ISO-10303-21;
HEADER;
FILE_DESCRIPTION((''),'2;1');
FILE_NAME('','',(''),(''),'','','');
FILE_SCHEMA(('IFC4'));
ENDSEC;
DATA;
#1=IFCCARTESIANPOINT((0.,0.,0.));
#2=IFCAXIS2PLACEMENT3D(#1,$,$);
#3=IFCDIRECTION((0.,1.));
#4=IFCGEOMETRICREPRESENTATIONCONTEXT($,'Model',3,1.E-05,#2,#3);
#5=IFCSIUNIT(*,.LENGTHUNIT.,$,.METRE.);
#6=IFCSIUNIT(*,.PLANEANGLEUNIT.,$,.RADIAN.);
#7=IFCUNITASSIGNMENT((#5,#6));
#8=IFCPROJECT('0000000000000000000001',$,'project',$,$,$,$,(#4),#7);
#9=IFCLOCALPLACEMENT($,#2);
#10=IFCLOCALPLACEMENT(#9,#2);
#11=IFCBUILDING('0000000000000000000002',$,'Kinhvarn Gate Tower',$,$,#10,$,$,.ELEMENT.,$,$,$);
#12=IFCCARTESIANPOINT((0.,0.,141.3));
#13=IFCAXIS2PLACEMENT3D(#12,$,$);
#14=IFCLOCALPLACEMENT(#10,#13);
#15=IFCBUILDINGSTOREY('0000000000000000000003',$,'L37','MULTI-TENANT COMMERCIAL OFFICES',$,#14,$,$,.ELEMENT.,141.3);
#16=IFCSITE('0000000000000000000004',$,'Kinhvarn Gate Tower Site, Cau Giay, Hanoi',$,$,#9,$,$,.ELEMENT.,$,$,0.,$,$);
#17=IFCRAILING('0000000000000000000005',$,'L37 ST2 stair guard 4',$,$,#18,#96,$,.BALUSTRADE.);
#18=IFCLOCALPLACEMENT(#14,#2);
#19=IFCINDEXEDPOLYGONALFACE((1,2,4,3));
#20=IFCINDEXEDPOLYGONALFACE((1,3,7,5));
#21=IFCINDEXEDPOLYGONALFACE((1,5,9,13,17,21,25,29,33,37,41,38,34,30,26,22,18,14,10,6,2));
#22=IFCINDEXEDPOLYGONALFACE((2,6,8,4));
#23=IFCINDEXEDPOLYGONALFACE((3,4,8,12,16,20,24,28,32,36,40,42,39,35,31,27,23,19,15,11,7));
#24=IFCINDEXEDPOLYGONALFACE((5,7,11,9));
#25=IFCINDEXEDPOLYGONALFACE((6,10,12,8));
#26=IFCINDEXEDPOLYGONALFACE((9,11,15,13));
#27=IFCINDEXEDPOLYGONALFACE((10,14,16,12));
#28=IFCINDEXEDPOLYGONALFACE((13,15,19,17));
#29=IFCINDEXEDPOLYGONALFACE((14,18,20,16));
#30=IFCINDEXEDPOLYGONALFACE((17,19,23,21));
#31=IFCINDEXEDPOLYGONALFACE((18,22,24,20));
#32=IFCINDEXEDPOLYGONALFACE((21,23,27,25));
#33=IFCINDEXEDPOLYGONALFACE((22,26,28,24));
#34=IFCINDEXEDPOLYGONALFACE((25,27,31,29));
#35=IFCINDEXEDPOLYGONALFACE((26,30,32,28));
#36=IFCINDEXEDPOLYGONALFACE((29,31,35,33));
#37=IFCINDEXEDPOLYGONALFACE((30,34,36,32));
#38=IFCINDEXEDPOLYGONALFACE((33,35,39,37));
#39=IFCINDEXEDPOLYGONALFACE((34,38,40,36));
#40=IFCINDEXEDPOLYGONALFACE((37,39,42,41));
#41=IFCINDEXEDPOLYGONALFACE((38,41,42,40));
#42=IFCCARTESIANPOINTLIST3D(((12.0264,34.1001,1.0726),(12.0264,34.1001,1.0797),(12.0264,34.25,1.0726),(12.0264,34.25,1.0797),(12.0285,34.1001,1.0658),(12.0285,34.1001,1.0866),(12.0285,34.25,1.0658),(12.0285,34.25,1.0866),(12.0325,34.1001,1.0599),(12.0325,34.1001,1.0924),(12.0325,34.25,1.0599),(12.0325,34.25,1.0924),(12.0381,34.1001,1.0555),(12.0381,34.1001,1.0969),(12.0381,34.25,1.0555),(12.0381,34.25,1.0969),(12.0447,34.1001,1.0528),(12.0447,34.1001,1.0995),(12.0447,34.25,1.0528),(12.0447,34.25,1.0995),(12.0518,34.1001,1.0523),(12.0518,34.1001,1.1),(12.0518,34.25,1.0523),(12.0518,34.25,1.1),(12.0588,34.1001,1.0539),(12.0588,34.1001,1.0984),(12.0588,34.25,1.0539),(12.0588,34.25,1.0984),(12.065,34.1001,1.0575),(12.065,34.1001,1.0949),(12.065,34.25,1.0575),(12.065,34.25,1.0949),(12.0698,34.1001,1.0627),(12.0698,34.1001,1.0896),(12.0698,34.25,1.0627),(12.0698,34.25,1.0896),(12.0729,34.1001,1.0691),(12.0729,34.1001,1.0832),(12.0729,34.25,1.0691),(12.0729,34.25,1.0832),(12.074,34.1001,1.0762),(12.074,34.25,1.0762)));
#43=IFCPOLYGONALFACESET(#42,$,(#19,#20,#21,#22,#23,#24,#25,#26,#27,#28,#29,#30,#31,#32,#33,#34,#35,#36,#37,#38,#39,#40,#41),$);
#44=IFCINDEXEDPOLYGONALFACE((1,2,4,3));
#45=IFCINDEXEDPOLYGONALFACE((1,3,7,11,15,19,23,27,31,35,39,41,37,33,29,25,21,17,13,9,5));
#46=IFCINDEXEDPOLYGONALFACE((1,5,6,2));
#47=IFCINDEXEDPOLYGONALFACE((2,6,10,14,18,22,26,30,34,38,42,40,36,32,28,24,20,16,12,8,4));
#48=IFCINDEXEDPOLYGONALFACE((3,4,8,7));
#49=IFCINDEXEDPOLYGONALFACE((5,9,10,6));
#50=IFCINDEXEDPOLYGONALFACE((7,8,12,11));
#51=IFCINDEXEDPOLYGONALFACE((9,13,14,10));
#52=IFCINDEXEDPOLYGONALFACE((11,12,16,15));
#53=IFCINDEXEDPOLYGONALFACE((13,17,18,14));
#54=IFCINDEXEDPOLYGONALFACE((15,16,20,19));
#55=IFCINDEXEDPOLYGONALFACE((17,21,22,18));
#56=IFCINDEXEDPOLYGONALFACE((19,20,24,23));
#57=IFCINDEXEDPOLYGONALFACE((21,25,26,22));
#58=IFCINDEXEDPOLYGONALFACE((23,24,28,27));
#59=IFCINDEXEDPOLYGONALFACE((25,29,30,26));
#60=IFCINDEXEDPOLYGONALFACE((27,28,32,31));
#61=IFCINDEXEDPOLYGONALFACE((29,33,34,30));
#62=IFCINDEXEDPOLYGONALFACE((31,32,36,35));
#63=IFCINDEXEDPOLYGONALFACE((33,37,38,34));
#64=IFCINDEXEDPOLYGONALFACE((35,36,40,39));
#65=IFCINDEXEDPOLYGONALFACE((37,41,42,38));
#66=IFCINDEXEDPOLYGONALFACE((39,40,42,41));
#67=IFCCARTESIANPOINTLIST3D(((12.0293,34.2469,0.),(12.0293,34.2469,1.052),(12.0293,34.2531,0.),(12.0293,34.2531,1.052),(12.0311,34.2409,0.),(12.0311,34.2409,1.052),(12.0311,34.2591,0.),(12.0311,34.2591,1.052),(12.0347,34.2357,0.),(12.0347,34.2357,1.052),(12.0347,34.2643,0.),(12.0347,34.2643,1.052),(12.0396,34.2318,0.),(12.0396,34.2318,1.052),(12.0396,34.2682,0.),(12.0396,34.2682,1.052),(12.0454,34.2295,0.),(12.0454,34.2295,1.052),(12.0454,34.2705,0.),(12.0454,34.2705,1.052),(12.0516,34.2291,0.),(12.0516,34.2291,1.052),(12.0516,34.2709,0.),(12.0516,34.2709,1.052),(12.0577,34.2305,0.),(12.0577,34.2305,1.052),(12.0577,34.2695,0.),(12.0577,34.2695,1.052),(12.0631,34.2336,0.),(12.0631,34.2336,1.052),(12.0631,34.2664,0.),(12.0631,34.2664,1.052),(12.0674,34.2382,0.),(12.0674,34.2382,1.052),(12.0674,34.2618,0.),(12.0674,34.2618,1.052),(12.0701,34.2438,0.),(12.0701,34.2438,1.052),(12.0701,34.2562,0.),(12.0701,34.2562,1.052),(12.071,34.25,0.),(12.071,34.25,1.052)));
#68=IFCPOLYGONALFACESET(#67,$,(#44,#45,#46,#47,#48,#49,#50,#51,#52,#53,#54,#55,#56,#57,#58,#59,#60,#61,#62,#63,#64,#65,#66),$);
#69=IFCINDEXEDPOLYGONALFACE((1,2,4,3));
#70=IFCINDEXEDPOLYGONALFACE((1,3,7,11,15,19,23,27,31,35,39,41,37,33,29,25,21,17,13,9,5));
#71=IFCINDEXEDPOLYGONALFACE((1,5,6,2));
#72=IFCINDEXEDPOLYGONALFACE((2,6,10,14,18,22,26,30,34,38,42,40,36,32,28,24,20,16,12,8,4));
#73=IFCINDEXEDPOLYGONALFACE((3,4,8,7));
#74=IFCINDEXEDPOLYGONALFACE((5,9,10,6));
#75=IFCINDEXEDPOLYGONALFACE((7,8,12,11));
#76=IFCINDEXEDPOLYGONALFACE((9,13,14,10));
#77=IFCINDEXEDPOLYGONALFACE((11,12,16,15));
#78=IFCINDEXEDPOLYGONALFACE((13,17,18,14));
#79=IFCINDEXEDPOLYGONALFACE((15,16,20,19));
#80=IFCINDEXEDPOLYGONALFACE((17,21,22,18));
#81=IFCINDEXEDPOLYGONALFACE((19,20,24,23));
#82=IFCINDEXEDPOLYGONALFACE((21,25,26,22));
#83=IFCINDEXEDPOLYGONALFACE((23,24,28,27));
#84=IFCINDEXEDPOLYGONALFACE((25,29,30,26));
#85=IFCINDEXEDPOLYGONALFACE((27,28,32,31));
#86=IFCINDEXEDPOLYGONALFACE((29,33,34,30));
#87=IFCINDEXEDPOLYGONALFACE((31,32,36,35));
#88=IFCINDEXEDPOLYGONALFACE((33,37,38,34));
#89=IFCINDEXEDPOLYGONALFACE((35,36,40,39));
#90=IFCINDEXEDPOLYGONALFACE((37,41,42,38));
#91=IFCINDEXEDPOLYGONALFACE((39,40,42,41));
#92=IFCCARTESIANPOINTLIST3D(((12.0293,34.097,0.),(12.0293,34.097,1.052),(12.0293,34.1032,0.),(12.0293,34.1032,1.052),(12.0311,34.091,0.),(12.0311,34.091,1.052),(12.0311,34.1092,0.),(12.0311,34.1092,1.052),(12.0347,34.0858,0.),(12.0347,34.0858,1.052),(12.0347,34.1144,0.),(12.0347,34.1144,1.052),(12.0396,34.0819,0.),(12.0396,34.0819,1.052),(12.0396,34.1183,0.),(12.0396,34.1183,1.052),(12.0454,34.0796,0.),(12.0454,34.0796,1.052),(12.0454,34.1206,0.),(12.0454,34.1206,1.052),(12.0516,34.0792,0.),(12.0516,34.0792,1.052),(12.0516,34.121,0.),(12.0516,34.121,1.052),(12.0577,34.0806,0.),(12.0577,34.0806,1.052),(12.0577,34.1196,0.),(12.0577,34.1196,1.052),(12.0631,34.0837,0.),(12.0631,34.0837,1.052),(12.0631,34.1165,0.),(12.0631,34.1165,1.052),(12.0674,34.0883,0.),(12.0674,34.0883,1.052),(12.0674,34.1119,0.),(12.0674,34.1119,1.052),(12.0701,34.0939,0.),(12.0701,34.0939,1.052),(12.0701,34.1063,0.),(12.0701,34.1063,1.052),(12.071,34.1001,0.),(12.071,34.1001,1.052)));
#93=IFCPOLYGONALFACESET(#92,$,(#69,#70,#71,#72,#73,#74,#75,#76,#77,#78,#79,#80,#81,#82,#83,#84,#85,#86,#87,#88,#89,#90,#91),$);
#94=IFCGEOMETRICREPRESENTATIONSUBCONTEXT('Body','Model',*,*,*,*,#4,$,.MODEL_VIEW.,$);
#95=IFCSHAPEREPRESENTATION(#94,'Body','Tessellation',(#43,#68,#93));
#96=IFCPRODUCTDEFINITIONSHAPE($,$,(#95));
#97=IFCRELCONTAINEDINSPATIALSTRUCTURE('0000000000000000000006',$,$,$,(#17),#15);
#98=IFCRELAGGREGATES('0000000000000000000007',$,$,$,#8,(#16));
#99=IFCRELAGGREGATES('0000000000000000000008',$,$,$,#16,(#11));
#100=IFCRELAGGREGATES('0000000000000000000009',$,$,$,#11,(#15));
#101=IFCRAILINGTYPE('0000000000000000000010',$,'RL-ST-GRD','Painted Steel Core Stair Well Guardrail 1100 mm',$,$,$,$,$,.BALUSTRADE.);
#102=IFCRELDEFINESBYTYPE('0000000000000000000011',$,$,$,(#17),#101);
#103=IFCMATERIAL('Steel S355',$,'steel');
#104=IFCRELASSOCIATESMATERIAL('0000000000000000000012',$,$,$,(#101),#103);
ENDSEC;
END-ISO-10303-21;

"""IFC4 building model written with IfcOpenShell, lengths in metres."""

from ifc_helpers import new_model, si_unit, direction, frame, origin, origin_2d, place, context, subcontext, project, spatial, circle, extrude, material, type_object, element, save


model = new_model("IFC4")

# Units and contexts
model_context = context("Model", 3, precision=1e-05, world=origin(), true_north=direction((0.0, 1.0)))
body_context = subcontext(model_context, "Body", "Model", "MODEL_VIEW")
ifc_project = project(units=[si_unit("LENGTHUNIT", "METRE"), si_unit("PLANEANGLEUNIT", "RADIAN")], contexts=[model_context])

# Site, building, storey
site_placement = place(None, origin())
site = spatial("IfcSite", under=ifc_project, at=site_placement, Name="Kinhvarn Gate Tower Site, Cau Giay, Hanoi", CompositionType="ELEMENT", RefElevation=0.0)
building_placement = place(site_placement, origin())
building = spatial("IfcBuilding", under=site, at=building_placement, Name="Kinhvarn Gate Tower", CompositionType="ELEMENT")
storey_placement = place(building_placement, frame((0.0, 0.0, 141.3)))
storey = spatial("IfcBuildingStorey", under=building, at=storey_placement, Name="L37", Description="MULTI-TENANT COMMERCIAL OFFICES", CompositionType="ELEMENT", Elevation=141.3)

# Shared definitions
ifc_material_1 = material(Name="Steel S355", Category="steel")

# Railing
railing_type_1 = type_object("IfcRailingType", Name="RL-ST-GRD", Description="Painted Steel Core Stair Well Guardrail 1100 mm", PredefinedType="BALUSTRADE", material=ifc_material_1)
railing_1_placement = place(storey_placement, frame((12.05, 34.25, 0.0)))
element("IfcRailing", 1, at=railing_1_placement, inside=storey, type_object=railing_type_1, Name="L37 ST2 stair guard 4", PredefinedType="BALUSTRADE", context=body_context, shape_type="SweptSolid", body=[
    extrude(circle(Radius=0.0239, at=origin_2d()), frame((0.0, 0.0, 1.0762), z_axis=(0.0, -1.0, 0.0), x_axis=(1.0, 0.0, 0.0)), (0.0, 0.0, 1.0), 0.1499),
    extrude(circle(Radius=0.021, at=origin_2d()), origin(), (0.0, 0.0, 1.0), 1.052),
    extrude(circle(Radius=0.021, at=origin_2d()), frame((0.0, -0.1499, 0.0)), (0.0, 0.0, 1.0), 1.052),
])

save(model, "model.ifc")
